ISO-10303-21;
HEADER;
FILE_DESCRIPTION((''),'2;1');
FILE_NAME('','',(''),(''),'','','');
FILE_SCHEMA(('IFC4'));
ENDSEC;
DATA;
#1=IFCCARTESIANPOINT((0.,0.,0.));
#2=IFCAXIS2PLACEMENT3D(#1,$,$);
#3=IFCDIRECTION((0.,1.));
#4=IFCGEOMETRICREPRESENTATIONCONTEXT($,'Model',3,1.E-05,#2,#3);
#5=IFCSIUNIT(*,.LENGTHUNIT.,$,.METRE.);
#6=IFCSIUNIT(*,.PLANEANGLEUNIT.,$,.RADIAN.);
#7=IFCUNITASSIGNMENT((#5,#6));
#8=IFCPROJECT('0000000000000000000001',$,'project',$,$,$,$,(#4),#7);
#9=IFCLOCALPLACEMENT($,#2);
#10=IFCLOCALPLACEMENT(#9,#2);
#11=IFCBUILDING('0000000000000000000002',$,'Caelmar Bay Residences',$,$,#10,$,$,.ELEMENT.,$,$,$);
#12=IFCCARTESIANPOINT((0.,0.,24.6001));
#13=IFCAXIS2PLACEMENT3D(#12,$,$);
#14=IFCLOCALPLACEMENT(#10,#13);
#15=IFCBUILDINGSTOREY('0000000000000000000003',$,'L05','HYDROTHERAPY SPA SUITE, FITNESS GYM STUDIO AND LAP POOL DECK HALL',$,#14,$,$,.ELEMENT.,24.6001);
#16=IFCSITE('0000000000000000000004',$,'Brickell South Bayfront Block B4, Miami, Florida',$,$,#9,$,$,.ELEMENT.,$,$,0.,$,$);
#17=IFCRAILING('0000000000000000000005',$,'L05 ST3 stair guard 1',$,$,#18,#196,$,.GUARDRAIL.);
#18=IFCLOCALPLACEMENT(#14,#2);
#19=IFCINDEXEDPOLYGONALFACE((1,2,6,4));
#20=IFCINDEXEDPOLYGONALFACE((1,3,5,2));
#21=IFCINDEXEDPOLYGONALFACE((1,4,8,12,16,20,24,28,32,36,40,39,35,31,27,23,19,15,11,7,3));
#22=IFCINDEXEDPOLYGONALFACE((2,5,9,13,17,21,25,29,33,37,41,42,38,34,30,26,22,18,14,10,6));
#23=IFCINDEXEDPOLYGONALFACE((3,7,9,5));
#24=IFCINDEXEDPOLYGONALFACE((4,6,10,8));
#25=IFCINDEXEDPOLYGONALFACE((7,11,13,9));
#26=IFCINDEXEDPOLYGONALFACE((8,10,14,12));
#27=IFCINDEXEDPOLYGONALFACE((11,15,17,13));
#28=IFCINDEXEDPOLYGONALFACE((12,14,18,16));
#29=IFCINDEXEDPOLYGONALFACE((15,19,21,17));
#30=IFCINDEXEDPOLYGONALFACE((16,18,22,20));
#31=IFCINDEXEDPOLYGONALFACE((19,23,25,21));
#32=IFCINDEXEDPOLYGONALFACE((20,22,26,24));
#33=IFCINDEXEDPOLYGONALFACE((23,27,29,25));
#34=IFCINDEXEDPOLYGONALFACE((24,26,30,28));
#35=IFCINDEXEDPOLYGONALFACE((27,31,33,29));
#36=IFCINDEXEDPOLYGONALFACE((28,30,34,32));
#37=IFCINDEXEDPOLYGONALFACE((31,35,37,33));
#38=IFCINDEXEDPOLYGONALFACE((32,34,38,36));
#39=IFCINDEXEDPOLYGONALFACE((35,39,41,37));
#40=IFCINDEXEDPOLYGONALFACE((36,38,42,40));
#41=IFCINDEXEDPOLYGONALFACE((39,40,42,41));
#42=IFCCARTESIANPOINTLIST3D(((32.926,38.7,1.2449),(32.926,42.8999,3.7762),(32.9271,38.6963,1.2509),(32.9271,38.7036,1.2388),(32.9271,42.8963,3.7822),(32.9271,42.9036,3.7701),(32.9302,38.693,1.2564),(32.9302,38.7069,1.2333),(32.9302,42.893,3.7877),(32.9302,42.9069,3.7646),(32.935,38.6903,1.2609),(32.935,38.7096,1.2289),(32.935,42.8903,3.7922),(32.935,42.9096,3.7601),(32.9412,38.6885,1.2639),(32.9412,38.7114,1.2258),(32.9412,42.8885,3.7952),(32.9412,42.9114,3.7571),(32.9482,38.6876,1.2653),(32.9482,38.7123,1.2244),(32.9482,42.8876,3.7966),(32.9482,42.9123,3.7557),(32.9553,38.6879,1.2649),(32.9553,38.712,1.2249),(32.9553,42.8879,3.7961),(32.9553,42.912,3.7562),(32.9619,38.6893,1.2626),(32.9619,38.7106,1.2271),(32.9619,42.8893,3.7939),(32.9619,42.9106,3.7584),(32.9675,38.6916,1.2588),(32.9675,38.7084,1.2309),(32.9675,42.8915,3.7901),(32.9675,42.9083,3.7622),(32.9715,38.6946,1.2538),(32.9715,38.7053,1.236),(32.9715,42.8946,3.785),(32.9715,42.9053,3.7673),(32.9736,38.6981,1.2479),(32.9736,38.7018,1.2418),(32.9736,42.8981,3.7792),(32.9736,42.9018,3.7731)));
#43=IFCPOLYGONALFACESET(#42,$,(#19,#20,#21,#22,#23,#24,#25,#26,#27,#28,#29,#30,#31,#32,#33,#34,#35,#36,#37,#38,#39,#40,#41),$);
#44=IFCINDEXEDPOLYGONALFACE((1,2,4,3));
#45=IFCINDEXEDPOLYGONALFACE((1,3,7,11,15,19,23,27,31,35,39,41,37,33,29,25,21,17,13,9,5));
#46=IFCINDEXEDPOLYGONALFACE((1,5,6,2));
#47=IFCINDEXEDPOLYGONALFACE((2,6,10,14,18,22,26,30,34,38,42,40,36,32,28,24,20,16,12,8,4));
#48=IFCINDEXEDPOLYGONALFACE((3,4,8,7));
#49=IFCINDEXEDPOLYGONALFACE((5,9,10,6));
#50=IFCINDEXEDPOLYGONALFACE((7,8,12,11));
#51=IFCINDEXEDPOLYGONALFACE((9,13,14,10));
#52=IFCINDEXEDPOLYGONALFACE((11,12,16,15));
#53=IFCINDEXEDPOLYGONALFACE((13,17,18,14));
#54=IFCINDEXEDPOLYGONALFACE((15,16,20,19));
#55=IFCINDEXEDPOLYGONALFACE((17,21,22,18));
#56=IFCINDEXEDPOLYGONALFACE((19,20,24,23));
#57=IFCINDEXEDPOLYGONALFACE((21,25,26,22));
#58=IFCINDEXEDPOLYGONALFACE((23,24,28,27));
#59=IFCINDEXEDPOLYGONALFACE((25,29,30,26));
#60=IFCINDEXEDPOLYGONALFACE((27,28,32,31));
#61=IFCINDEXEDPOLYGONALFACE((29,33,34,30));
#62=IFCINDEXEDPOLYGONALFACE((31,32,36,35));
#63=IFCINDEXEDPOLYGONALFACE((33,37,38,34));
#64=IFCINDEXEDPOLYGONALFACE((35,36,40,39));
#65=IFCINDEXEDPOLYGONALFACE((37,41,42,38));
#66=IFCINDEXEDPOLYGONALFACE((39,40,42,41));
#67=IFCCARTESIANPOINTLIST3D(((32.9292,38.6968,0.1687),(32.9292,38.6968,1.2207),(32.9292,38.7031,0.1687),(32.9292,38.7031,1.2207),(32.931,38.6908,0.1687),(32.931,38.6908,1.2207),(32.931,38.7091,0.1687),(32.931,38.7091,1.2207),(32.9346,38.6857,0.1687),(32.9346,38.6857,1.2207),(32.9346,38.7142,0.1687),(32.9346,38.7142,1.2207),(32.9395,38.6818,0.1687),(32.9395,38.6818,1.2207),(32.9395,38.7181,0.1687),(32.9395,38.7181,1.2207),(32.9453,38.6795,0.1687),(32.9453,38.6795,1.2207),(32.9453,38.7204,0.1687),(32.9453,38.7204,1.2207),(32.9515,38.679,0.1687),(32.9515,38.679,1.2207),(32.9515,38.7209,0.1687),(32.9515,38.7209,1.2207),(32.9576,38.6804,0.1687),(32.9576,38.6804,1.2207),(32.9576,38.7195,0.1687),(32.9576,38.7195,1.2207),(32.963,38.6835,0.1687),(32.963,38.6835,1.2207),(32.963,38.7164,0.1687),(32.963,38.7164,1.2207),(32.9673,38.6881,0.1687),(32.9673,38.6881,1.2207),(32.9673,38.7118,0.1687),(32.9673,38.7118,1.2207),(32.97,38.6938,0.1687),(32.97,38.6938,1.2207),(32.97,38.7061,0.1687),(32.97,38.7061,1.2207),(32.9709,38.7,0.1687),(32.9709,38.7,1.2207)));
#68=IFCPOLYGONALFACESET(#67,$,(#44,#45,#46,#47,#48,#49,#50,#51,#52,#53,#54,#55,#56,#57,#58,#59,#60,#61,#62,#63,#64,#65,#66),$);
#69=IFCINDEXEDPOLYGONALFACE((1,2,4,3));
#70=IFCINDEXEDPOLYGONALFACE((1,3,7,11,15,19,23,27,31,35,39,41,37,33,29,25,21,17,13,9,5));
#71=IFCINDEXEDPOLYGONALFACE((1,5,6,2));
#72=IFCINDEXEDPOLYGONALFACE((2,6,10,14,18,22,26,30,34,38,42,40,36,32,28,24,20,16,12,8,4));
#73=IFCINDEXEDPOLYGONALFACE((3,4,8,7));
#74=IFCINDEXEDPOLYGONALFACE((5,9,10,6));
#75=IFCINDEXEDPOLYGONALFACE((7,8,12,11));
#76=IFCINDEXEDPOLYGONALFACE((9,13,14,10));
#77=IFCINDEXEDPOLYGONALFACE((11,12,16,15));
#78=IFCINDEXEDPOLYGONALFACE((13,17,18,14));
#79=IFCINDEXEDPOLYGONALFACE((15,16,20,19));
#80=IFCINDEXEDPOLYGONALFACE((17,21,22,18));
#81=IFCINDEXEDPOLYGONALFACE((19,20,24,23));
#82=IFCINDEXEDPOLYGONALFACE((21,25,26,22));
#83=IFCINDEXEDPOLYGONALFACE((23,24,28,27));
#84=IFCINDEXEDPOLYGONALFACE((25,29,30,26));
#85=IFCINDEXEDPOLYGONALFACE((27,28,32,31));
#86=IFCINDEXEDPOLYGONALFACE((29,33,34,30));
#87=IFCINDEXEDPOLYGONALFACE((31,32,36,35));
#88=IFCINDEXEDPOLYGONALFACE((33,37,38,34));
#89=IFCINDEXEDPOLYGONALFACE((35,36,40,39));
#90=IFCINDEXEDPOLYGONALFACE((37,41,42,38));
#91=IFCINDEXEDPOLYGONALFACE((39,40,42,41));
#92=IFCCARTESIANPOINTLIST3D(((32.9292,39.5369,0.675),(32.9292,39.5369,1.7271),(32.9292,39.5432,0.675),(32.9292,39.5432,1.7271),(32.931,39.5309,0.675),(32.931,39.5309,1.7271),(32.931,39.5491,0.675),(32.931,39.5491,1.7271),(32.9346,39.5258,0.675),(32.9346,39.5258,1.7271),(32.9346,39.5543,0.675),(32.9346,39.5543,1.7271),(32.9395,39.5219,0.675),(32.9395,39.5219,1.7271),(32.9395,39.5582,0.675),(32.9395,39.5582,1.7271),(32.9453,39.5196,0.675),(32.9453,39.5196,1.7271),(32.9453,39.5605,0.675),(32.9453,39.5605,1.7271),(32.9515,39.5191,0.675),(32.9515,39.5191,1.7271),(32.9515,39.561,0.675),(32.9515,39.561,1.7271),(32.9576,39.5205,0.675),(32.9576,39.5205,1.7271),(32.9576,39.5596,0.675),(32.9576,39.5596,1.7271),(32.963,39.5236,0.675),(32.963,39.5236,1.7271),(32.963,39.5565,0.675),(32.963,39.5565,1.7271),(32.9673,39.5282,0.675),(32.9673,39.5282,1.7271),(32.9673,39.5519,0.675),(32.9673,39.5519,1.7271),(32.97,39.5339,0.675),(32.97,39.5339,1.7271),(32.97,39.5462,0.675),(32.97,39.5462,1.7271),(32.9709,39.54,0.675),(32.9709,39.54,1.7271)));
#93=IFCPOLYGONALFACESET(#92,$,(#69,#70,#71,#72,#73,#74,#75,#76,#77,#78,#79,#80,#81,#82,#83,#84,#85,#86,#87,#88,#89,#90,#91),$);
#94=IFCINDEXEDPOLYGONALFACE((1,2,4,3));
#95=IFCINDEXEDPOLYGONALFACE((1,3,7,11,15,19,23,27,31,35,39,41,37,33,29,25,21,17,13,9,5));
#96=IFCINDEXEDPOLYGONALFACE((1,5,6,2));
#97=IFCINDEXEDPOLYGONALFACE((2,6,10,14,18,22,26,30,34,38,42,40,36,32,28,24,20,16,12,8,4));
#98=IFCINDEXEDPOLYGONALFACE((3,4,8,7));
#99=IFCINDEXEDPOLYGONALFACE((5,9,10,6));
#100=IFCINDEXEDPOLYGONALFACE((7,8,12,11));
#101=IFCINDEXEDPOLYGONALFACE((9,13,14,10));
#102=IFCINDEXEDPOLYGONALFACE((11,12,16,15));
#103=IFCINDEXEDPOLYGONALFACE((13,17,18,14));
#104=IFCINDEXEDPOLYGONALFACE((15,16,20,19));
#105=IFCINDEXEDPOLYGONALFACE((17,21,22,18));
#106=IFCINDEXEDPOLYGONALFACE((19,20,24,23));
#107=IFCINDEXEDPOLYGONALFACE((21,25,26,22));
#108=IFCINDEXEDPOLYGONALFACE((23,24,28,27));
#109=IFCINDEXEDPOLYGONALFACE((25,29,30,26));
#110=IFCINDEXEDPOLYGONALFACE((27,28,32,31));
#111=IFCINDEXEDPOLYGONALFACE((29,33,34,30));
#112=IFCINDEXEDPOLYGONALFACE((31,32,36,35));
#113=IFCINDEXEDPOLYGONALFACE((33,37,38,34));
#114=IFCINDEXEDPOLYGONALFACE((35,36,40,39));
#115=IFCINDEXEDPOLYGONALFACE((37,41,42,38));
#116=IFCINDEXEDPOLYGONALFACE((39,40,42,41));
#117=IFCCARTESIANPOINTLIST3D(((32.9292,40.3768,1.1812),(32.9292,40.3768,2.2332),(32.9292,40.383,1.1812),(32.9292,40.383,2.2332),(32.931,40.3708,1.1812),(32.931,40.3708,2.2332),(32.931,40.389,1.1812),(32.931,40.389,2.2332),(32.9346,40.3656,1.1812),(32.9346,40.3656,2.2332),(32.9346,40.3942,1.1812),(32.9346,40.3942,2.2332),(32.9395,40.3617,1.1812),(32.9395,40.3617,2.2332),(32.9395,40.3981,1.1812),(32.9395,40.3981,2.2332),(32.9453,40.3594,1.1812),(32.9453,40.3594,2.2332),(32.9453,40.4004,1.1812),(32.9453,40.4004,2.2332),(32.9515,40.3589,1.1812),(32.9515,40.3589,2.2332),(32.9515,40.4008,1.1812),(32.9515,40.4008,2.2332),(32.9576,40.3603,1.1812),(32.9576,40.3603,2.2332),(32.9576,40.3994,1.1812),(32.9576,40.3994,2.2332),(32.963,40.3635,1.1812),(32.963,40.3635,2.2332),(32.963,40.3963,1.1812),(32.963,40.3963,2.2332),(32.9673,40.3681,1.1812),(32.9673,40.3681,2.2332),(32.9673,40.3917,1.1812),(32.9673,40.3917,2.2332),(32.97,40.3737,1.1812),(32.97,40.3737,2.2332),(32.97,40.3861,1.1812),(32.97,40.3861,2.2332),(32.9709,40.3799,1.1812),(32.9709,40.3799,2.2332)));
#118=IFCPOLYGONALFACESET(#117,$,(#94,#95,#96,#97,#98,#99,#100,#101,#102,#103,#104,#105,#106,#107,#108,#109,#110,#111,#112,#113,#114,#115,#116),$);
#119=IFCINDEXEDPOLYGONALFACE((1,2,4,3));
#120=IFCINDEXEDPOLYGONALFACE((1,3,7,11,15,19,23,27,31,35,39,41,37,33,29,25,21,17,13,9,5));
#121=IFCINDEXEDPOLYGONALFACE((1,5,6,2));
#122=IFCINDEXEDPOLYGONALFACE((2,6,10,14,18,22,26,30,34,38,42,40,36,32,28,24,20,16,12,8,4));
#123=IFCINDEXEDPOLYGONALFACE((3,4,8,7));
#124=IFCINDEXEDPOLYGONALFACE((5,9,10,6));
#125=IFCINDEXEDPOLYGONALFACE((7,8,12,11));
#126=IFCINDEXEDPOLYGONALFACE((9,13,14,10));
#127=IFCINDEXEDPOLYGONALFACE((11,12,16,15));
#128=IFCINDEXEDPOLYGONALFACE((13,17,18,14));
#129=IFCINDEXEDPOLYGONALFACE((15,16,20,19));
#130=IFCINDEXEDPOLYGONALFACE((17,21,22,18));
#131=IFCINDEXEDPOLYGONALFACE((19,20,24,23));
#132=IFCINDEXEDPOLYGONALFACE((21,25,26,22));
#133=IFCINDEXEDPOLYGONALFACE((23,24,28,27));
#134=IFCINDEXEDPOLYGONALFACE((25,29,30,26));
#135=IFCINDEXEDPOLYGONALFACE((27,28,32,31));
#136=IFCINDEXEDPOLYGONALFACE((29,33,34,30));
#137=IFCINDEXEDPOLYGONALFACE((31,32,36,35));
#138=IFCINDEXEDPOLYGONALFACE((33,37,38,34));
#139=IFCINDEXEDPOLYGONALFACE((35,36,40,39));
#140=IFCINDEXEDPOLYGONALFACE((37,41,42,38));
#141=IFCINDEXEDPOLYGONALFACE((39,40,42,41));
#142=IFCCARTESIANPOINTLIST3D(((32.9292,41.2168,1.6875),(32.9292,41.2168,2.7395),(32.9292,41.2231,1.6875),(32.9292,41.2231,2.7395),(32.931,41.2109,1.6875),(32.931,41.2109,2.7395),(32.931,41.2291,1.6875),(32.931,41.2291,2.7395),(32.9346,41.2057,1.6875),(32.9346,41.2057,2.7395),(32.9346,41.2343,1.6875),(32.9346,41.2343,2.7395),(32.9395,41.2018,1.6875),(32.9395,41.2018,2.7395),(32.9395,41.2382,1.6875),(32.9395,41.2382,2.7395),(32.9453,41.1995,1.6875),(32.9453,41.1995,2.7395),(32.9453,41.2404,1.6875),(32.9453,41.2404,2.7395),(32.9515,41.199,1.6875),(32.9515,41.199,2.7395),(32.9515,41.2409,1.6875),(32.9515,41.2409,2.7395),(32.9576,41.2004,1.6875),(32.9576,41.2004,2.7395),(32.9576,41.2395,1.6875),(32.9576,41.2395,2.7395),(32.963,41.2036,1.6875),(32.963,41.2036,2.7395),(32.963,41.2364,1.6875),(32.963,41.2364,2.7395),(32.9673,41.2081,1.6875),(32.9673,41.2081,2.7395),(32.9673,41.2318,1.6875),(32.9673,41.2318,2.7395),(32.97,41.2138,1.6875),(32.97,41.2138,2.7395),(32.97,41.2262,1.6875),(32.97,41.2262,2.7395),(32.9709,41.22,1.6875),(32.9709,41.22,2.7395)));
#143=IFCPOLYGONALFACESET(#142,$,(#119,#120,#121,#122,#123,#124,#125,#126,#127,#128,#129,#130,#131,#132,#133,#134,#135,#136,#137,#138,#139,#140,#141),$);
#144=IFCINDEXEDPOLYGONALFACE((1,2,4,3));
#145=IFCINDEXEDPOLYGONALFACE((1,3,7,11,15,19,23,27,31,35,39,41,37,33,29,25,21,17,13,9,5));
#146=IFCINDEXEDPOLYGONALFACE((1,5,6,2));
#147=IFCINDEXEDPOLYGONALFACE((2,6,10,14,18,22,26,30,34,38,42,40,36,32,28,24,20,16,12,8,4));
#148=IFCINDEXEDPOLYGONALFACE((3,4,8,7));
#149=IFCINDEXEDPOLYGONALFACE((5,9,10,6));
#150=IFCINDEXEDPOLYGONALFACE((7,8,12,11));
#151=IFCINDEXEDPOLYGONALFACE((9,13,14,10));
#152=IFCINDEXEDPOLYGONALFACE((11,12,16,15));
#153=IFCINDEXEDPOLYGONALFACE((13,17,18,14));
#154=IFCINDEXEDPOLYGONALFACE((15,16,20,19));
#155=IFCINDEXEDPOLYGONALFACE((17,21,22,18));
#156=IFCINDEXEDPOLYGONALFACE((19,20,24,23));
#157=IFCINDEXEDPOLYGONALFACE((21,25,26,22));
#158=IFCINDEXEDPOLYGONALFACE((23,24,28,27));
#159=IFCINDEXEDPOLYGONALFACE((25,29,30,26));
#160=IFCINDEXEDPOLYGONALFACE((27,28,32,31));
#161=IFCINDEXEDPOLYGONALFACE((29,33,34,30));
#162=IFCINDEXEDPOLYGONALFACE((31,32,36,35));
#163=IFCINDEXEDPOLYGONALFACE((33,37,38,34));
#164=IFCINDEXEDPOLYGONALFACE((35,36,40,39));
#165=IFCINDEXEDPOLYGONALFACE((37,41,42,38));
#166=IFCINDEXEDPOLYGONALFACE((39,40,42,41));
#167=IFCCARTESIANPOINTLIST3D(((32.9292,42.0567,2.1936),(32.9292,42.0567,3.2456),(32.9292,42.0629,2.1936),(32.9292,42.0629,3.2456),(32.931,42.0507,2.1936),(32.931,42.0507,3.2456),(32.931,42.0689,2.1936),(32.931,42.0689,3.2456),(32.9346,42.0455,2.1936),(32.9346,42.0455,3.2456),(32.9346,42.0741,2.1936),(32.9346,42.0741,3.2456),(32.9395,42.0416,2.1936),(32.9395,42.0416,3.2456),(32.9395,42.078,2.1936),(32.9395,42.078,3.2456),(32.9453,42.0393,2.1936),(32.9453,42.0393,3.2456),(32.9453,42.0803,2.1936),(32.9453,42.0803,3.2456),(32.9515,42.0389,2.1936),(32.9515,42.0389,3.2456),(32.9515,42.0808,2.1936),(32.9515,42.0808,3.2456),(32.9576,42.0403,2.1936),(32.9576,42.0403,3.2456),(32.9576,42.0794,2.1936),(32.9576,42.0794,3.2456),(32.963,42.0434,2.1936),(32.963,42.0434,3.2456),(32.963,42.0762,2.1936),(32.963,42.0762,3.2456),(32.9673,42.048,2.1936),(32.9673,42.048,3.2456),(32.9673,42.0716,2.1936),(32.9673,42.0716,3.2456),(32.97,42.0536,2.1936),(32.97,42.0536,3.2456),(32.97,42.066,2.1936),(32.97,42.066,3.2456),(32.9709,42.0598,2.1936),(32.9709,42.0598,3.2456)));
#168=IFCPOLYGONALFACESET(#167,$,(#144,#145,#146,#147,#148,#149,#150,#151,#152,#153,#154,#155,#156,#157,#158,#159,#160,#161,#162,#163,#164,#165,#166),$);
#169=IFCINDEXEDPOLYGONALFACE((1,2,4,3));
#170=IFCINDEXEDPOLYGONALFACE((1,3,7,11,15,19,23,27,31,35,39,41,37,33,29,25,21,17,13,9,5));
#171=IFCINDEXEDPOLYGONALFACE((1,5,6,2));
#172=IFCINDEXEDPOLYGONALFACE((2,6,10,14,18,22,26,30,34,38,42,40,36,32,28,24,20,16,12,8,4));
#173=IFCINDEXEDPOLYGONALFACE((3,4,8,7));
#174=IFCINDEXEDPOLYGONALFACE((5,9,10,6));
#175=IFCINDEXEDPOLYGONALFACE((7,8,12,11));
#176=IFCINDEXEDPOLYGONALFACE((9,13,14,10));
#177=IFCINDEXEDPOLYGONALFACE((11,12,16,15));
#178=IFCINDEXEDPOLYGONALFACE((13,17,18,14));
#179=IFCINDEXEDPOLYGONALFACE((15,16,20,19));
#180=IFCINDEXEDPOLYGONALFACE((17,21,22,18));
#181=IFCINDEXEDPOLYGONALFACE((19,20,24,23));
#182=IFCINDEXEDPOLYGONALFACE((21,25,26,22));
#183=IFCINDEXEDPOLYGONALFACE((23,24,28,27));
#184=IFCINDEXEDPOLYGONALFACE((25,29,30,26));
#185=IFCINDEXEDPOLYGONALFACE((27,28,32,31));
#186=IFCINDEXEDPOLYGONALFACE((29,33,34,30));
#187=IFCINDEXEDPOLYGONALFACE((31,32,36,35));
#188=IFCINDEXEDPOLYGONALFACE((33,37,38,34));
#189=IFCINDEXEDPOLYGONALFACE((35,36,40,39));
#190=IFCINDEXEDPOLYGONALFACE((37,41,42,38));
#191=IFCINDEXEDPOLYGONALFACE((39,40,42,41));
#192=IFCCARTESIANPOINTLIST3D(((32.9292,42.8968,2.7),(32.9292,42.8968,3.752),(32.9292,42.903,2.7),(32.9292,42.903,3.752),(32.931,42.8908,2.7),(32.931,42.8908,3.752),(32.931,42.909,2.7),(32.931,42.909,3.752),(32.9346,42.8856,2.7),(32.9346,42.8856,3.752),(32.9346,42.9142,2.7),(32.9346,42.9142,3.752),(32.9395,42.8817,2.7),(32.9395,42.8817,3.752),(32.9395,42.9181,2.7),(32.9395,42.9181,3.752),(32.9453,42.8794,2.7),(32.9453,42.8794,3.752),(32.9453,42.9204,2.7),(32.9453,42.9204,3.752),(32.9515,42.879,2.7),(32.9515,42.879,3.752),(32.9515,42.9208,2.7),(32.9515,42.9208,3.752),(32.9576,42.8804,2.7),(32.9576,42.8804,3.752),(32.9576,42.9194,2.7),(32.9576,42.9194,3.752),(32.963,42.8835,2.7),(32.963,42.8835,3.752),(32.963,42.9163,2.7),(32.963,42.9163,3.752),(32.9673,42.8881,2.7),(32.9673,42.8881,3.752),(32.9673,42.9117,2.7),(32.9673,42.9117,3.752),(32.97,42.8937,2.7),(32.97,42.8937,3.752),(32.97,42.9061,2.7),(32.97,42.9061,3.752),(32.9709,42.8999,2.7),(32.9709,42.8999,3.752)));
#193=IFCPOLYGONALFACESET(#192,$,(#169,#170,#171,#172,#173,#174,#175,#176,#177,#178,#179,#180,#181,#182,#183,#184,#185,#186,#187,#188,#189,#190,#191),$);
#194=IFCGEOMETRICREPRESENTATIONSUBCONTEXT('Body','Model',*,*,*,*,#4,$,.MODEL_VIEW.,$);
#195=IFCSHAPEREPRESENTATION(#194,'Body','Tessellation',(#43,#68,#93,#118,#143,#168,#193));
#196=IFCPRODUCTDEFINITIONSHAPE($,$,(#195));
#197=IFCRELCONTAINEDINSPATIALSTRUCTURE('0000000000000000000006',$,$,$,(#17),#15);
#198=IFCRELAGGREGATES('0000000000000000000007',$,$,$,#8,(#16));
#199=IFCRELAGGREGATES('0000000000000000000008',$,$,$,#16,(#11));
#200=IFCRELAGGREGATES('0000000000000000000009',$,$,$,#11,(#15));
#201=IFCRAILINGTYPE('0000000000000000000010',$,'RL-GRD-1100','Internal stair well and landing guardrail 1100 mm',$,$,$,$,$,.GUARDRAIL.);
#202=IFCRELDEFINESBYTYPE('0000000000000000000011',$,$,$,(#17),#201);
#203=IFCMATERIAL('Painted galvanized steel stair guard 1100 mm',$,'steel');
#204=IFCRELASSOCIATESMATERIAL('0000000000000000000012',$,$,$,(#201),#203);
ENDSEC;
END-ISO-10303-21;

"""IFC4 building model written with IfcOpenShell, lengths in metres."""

from ifc_helpers import new_model, si_unit, direction, frame, origin, origin_2d, place, context, subcontext, project, spatial, circle, extrude, material, type_object, element, save


model = new_model("IFC4")

# Units and contexts
model_context = context("Model", 3, precision=1e-05, world=origin(), true_north=direction((0.0, 1.0)))
body_context = subcontext(model_context, "Body", "Model", "MODEL_VIEW")
ifc_project = project(units=[si_unit("LENGTHUNIT", "METRE"), si_unit("PLANEANGLEUNIT", "RADIAN")], contexts=[model_context])

# Site, building, storey
site_placement = place(None, origin())
site = spatial("IfcSite", under=ifc_project, at=site_placement, Name="Brickell South Bayfront Block B4, Miami, Florida", CompositionType="ELEMENT", RefElevation=0.0)
building_placement = place(site_placement, origin())
building = spatial("IfcBuilding", under=site, at=building_placement, Name="Caelmar Bay Residences", CompositionType="ELEMENT")
storey_placement = place(building_placement, frame((0.0, 0.0, 24.6001)))
storey = spatial("IfcBuildingStorey", under=building, at=storey_placement, Name="L05", Description="HYDROTHERAPY SPA SUITE, FITNESS GYM STUDIO AND LAP POOL DECK HALL", CompositionType="ELEMENT", Elevation=24.6001)

# Railing
ifc_material_1 = material(Name="Painted galvanized steel stair guard 1100 mm", Category="steel")
railing_type_1 = type_object("IfcRailingType", Name="RL-GRD-1100", Description="Internal stair well and landing guardrail 1100 mm", PredefinedType="GUARDRAIL", material=ifc_material_1)
railing_1_placement = place(storey_placement, frame((32.95, 38.7, 0.1687)))
element("IfcRailing", 1, at=railing_1_placement, inside=storey, type_object=railing_type_1, Name="L05 ST3 stair guard 1", PredefinedType="GUARDRAIL", context=body_context, shape_type="SweptSolid", body=[
    extrude(circle(Radius=0.0239, at=origin_2d()), frame((0.0, 0.0, 1.0762), z_axis=(0.0, 0.856476, 0.516186), x_axis=(-1.0, 0.0, 0.0)), (0.0, 0.0, 1.0), 4.9038),
    extrude(circle(Radius=0.021, at=origin_2d()), origin(), (0.0, 0.0, 1.0), 1.052),
    extrude(circle(Radius=0.021, at=origin_2d()), frame((0.0, 0.8401, 0.5063)), (0.0, 0.0, 1.0), 1.052),
    extrude(circle(Radius=0.021, at=origin_2d()), frame((0.0, 1.6799, 1.0125)), (0.0, 0.0, 1.0), 1.052),
    extrude(circle(Radius=0.021, at=origin_2d()), frame((0.0, 2.52, 1.5188)), (0.0, 0.0, 1.0), 1.052),
    extrude(circle(Radius=0.021, at=origin_2d()), frame((0.0, 3.3599, 2.0249)), (0.0, 0.0, 1.0), 1.052),
    extrude(circle(Radius=0.021, at=origin_2d()), frame((0.0, 4.2, 2.5312)), (0.0, 0.0, 1.0), 1.052),
])

save(model, "model.ifc")
